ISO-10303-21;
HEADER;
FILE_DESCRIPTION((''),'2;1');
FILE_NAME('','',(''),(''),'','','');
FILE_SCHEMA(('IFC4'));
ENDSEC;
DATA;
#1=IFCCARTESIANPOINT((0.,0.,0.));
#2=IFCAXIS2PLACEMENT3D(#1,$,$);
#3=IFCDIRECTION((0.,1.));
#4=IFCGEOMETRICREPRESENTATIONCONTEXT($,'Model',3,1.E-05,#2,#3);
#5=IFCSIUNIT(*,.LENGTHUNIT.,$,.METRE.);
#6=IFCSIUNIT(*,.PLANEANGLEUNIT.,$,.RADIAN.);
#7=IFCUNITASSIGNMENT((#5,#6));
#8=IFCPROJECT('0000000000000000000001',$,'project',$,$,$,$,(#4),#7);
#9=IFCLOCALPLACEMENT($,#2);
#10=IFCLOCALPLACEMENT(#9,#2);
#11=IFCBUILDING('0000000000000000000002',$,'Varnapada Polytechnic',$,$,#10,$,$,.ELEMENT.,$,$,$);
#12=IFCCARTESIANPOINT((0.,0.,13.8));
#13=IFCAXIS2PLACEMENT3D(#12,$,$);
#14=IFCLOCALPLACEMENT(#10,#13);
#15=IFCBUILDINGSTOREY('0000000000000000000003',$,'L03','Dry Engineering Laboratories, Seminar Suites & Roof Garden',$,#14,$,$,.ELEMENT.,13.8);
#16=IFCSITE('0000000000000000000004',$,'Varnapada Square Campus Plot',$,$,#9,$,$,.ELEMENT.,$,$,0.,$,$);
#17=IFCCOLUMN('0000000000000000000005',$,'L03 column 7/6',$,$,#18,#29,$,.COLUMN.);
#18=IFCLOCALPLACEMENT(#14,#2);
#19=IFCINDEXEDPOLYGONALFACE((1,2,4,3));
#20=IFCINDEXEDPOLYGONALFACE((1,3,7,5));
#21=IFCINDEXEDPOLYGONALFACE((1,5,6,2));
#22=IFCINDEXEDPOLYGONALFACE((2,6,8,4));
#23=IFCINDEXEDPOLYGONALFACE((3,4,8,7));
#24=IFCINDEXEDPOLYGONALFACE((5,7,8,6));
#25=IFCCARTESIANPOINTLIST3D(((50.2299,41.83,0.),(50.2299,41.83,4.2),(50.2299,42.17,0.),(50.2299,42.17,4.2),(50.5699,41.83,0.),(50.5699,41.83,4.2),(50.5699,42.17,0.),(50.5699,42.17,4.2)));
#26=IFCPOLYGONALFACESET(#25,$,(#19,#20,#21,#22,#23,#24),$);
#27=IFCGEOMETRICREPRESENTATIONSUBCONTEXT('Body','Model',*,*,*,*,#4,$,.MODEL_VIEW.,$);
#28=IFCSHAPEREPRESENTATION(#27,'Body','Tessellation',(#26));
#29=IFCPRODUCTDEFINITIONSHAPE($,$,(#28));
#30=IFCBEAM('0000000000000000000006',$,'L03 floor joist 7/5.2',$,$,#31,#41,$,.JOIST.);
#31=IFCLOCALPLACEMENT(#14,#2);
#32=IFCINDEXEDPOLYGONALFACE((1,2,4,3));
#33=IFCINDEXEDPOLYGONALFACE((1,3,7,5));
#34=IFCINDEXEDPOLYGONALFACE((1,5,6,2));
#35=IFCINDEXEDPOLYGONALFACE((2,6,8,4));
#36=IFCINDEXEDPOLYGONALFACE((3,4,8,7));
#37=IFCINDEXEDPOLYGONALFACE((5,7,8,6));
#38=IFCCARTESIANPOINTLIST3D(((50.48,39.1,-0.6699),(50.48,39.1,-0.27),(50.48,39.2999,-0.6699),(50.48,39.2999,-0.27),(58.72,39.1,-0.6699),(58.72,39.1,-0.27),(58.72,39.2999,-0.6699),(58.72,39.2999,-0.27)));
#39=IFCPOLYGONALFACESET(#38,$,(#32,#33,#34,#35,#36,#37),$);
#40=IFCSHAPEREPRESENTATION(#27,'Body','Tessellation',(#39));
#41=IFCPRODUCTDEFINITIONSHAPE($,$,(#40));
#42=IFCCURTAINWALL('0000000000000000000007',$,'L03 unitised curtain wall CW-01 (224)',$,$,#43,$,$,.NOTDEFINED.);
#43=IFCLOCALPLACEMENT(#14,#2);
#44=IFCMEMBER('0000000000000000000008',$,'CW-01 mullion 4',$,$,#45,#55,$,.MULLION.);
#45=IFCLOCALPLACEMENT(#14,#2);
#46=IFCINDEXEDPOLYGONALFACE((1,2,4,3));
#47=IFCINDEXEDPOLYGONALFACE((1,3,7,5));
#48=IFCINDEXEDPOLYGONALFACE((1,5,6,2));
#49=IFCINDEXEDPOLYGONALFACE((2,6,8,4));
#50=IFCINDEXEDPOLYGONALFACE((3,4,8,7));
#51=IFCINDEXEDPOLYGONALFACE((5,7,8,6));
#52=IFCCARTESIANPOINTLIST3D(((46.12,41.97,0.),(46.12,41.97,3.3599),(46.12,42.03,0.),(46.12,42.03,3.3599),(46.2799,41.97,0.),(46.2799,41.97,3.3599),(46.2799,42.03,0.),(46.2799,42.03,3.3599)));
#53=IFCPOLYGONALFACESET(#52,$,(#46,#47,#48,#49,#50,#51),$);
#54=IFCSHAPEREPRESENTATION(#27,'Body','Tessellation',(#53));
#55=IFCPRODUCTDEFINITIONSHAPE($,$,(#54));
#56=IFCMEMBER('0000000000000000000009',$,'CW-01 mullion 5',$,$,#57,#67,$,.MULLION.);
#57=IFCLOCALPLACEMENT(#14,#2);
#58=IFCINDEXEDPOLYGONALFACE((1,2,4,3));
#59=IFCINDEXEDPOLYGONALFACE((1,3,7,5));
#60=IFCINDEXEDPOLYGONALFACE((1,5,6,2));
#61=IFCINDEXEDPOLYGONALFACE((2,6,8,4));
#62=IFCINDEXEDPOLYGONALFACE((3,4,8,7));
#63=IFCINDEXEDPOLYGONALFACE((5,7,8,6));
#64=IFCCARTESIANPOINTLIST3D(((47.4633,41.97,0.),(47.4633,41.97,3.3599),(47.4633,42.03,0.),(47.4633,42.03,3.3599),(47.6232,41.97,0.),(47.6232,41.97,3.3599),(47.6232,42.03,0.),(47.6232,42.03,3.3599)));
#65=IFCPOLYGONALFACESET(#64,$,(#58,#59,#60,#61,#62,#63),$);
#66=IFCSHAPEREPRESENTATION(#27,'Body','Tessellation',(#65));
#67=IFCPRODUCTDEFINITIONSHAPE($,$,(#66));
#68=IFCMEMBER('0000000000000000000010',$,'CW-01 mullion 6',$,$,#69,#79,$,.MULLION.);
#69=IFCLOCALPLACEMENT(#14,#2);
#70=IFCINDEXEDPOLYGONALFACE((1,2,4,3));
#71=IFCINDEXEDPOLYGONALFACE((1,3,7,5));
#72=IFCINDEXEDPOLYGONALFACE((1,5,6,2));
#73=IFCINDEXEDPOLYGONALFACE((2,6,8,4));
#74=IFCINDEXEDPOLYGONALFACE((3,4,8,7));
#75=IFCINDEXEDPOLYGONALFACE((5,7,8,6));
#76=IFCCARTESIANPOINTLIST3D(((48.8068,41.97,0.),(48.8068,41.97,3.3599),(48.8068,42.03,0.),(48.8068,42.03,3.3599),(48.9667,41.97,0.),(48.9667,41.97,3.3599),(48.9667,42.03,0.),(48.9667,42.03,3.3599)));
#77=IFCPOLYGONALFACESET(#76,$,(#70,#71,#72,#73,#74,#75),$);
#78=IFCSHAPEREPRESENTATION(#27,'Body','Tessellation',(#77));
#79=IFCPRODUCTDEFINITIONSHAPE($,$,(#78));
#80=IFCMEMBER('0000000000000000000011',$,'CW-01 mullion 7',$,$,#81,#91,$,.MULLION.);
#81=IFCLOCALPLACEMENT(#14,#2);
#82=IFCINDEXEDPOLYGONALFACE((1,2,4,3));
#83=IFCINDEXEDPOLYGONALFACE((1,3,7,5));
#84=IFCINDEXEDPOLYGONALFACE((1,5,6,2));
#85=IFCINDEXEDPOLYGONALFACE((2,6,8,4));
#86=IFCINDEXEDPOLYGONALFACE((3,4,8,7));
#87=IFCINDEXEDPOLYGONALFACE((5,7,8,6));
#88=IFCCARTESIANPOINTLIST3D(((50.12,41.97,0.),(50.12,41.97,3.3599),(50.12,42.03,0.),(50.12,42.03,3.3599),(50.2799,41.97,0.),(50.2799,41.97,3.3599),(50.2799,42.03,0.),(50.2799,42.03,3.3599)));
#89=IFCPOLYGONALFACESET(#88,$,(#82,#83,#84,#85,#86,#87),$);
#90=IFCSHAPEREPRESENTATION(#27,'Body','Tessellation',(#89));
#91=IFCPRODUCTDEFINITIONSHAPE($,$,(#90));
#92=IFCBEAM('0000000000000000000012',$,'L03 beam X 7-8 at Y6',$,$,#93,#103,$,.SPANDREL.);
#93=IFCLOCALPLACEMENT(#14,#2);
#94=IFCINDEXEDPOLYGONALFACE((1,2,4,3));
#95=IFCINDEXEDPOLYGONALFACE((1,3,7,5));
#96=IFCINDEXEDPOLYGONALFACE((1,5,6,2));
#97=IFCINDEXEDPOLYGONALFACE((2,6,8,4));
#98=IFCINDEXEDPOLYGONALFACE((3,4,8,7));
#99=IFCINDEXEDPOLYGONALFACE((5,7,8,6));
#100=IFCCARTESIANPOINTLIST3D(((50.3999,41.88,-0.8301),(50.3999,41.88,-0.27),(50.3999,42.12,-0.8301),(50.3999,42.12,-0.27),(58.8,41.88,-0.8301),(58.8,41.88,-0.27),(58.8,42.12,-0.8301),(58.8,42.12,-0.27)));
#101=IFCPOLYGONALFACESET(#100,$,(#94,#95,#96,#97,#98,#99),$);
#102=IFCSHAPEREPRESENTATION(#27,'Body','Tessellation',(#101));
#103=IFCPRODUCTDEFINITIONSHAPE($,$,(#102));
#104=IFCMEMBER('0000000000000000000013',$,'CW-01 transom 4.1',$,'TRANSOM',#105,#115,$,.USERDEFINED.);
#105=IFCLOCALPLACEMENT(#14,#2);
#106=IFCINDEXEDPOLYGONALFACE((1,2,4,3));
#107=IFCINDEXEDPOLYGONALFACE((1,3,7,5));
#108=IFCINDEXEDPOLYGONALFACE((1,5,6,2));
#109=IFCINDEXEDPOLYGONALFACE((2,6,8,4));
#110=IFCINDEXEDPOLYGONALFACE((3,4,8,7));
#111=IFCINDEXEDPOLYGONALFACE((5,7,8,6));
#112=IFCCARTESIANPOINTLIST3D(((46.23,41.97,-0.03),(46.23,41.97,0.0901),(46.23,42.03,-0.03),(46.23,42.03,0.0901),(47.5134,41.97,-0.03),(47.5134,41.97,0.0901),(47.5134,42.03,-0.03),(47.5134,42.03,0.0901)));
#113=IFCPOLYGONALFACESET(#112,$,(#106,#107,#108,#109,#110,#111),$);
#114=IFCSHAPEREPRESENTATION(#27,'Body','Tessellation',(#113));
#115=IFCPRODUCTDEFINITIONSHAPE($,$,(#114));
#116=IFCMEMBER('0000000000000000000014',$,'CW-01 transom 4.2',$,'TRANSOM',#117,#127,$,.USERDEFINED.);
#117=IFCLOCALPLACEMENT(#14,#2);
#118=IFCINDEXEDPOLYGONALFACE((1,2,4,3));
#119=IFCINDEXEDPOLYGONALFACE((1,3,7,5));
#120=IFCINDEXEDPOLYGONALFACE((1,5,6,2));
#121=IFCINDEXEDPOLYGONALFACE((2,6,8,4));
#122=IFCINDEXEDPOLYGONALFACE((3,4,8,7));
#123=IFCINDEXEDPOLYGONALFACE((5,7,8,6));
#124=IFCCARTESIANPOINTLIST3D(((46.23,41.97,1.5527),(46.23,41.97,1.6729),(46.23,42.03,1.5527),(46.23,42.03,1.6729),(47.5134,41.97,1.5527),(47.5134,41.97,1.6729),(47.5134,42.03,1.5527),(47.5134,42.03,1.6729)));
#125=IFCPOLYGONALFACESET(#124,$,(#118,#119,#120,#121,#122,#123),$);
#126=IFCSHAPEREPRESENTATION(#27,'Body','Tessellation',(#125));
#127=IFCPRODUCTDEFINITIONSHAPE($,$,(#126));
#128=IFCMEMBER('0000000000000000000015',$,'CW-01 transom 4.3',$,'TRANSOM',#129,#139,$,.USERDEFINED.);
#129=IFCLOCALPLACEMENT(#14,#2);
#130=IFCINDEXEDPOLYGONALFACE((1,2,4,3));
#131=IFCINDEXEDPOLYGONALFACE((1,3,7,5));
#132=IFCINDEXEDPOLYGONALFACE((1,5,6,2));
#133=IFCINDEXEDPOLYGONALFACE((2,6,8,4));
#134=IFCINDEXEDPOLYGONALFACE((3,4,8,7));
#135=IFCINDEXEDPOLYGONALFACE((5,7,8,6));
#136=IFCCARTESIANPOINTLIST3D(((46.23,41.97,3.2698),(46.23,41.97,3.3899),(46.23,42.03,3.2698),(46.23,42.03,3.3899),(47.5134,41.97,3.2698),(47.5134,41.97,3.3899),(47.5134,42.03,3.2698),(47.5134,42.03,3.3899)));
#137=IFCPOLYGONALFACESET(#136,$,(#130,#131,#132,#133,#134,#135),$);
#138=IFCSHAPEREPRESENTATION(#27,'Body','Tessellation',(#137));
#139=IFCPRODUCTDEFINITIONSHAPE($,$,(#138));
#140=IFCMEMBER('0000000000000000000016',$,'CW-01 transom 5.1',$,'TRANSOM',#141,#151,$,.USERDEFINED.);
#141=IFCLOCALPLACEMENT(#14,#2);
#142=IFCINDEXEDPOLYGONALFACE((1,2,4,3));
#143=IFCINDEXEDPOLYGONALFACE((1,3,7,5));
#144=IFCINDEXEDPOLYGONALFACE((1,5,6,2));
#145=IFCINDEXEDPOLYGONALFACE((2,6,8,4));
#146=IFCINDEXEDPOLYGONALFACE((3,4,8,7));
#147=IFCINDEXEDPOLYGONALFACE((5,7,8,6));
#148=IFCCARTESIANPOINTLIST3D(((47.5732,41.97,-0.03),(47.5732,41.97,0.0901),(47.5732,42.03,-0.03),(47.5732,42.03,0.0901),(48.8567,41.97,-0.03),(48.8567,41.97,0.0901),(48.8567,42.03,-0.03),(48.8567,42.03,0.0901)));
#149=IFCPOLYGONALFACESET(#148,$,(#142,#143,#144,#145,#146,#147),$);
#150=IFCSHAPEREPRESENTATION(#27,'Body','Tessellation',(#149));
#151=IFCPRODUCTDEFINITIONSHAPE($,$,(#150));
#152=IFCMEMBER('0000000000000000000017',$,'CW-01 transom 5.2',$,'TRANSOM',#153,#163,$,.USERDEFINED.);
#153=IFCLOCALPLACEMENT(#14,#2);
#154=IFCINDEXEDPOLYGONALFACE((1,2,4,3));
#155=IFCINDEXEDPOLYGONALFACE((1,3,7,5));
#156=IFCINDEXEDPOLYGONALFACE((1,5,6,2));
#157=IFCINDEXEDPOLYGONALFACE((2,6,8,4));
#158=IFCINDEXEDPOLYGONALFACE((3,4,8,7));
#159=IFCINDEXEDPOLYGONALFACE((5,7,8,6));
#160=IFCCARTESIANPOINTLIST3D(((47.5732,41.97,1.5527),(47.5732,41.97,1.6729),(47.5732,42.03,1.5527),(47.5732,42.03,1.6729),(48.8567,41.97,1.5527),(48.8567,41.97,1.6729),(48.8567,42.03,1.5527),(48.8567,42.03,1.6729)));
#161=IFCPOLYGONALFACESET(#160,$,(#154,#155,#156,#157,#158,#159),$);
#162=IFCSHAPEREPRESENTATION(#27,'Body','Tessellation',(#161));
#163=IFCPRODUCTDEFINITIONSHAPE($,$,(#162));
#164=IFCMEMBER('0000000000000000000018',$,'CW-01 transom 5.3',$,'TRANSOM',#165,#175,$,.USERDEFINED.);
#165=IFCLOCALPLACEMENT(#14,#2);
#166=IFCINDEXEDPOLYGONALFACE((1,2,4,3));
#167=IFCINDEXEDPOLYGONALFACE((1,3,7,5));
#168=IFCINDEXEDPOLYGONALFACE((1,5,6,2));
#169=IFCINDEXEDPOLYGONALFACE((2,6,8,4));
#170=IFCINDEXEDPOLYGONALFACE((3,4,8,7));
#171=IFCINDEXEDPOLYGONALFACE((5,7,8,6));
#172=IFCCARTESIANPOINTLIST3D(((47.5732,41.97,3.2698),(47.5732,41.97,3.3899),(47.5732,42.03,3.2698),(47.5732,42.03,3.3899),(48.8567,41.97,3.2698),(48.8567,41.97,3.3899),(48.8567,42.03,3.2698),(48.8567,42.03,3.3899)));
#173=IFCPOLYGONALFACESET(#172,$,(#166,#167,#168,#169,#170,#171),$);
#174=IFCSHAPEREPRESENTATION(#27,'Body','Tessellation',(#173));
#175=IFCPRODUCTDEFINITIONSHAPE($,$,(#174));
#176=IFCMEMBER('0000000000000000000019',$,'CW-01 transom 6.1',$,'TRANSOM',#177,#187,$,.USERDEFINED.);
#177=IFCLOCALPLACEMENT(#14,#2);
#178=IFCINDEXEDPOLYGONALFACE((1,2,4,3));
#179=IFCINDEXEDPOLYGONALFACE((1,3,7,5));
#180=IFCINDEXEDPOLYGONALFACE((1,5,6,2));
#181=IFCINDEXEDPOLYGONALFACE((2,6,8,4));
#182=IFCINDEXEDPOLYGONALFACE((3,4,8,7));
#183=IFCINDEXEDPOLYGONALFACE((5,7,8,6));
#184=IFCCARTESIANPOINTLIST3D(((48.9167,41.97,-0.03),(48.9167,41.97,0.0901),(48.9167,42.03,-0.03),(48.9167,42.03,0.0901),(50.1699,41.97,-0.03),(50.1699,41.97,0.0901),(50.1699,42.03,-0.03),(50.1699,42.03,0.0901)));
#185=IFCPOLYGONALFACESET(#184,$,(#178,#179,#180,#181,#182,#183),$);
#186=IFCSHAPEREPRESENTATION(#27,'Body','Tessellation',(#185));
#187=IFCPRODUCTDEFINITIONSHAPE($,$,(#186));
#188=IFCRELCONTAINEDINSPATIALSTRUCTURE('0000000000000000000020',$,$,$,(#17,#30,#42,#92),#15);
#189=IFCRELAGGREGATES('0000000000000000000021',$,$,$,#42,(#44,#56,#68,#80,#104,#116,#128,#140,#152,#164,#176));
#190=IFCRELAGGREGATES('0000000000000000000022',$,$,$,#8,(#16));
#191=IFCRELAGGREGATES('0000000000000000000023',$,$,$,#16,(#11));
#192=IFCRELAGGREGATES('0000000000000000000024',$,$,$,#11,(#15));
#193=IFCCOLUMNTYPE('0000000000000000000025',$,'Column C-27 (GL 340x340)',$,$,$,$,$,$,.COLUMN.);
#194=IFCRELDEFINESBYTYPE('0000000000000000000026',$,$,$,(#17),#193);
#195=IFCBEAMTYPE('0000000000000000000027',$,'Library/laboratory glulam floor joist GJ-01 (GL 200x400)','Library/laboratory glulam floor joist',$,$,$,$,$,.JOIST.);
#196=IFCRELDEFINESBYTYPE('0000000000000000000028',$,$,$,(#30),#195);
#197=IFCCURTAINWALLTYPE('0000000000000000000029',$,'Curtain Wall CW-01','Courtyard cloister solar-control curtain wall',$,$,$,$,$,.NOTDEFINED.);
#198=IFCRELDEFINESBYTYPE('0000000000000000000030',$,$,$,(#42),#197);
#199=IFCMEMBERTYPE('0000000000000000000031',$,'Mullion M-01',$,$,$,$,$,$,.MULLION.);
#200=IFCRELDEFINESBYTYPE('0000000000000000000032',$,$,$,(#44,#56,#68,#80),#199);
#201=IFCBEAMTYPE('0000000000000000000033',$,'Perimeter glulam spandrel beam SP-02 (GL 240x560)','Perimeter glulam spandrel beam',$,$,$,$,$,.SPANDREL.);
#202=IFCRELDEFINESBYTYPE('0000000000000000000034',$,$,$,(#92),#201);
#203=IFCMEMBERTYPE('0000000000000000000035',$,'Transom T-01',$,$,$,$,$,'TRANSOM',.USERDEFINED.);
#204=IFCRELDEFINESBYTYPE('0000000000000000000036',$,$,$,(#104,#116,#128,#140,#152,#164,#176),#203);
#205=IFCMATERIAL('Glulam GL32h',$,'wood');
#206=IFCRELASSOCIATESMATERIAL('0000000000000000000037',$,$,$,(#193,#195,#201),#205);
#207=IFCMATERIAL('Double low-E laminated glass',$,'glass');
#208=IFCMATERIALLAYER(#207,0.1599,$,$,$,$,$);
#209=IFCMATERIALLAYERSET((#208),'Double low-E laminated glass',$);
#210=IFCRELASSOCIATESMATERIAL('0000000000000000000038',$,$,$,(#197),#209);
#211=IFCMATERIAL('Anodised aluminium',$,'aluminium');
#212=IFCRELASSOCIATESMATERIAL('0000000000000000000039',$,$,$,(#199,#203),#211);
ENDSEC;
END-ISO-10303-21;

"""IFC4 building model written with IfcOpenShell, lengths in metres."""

from ifc_helpers import new_model, si_unit, direction, frame, origin, origin_2d, place, context, subcontext, project, spatial, rectangle, extrude, material, layer, layer_set, material_profile, profile_set, type_object, element, aggregate, save


model = new_model("IFC4")

# Units and contexts
model_context = context("Model", 3, precision=1e-05, world=origin(), true_north=direction((0.0, 1.0)))
body_context = subcontext(model_context, "Body", "Model", "MODEL_VIEW")
ifc_project = project(units=[si_unit("LENGTHUNIT", "METRE"), si_unit("PLANEANGLEUNIT", "RADIAN")], contexts=[model_context])

# Site, building, storey
site_placement = place(None, origin())
site = spatial("IfcSite", under=ifc_project, at=site_placement, Name="Varnapada Square Campus Plot", CompositionType="ELEMENT", RefElevation=0.0)
building_placement = place(site_placement, origin())
building = spatial("IfcBuilding", under=site, at=building_placement, Name="Varnapada Polytechnic", CompositionType="ELEMENT")
storey_placement = place(building_placement, frame((0.0, 0.0, 13.8)))
storey = spatial("IfcBuildingStorey", under=building, at=storey_placement, Name="L03", Description="Dry Engineering Laboratories, Seminar Suites & Roof Garden", CompositionType="ELEMENT", Elevation=13.8)

# Column
ifc_material_1 = material(Name="Glulam GL32h", Category="wood")
ifc_material_profile_1 = material_profile(ifc_material_1, rectangle(XDim=0.3401, YDim=0.3401, at=origin_2d()), Name="GL 340x340")
ifc_profile_set_1 = profile_set([ifc_material_profile_1], Name="Glulam GL32h")
column_type = type_object("IfcColumnType", Name="Column C-27 (GL 340x340)", PredefinedType="COLUMN", material=ifc_profile_set_1)
column_placement = place(storey_placement, frame((50.3999, 42.0, 0.0), z_axis=(0.0, 0.0, 1.0), x_axis=(1.0, 0.0, 0.0)))
element("IfcColumn", 1, at=column_placement, inside=storey, type_object=column_type, Name="L03 column 7/6", PredefinedType="COLUMN", context=body_context, shape_type="SweptSolid", body=[
    extrude(rectangle(XDim=0.3401, YDim=0.3401, at=origin_2d()), origin(), (0.0, 0.0, 1.0), 4.2),
])

# Beam
ifc_material_profile_2 = material_profile(ifc_material_1, rectangle(XDim=0.2, YDim=0.3999, at=origin_2d()), Name="GL 200x400")
ifc_profile_set_2 = profile_set([ifc_material_profile_2], Name="Glulam GL32h")
beam_type_1 = type_object("IfcBeamType", Name="Library/laboratory glulam floor joist GJ-01 (GL 200x400)", Description="Library/laboratory glulam floor joist", PredefinedType="JOIST", material=ifc_profile_set_2)
beam_1_placement = place(storey_placement, frame((50.48, 39.2, -0.47), z_axis=(1.0, 0.0, 0.0), x_axis=(0.0, 1.0, 0.0)))
element("IfcBeam", 2, at=beam_1_placement, inside=storey, type_object=beam_type_1, Name="L03 floor joist 7/5.2", PredefinedType="JOIST", context=body_context, shape_type="SweptSolid", body=[
    extrude(rectangle(XDim=0.2, YDim=0.3999, at=origin_2d()), origin(), (0.0, 0.0, 1.0), 8.24),
])

# Curtain wall, members
ifc_material_2 = material(Name="Double low-E laminated glass", Category="glass")
ifc_layer_1 = layer(ifc_material_2, 0.1599)
ifc_layer_set_1 = layer_set([ifc_layer_1], Name="Double low-E laminated glass")
curtain_wall_type = type_object("IfcCurtainWallType", Name="Curtain Wall CW-01", Description="Courtyard cloister solar-control curtain wall", PredefinedType="NOTDEFINED", material=ifc_layer_set_1)
curtain_wall_placement = place(storey_placement, origin())
curtain_wall = element("IfcCurtainWall", 3, at=curtain_wall_placement, inside=storey, type_object=curtain_wall_type, Name="L03 unitised curtain wall CW-01 (224)", PredefinedType="NOTDEFINED")
ifc_material_3 = material(Name="Anodised aluminium", Category="aluminium")
ifc_material_profile_3 = material_profile(ifc_material_3, rectangle(XDim=0.0601, YDim=0.1599, at=origin_2d()), Name="ALU M60x160")
ifc_profile_set_3 = profile_set([ifc_material_profile_3], Name="Anodised aluminium")
member_type_1 = type_object("IfcMemberType", Name="Mullion M-01", PredefinedType="MULLION", material=ifc_profile_set_3)
member_1_placement = place(storey_placement, frame((46.2, 42.0, 0.0), z_axis=(0.0, 0.0, 1.0), x_axis=(0.0, 1.0, 0.0)))
member_1 = element("IfcMember", 4, at=member_1_placement, type_object=member_type_1, Name="CW-01 mullion 4", PredefinedType="MULLION", context=body_context, shape_type="SweptSolid", body=[
    extrude(rectangle(XDim=0.0601, YDim=0.1599, at=origin_2d()), origin(), (0.0, 0.0, 1.0), 3.3599),
])
member_2_placement = place(storey_placement, frame((47.5432, 42.0, 0.0), z_axis=(0.0, 0.0, 1.0), x_axis=(0.0, 1.0, 0.0)))
member_2 = element("IfcMember", 5, at=member_2_placement, type_object=member_type_1, Name="CW-01 mullion 5", PredefinedType="MULLION", context=body_context, shape_type="SweptSolid", body=[
    extrude(rectangle(XDim=0.0601, YDim=0.1599, at=origin_2d()), origin(), (0.0, 0.0, 1.0), 3.3599),
])
member_3_placement = place(storey_placement, frame((48.8867, 42.0, 0.0), z_axis=(0.0, 0.0, 1.0), x_axis=(0.0, 1.0, 0.0)))
member_3 = element("IfcMember", 6, at=member_3_placement, type_object=member_type_1, Name="CW-01 mullion 6", PredefinedType="MULLION", context=body_context, shape_type="SweptSolid", body=[
    extrude(rectangle(XDim=0.0601, YDim=0.1599, at=origin_2d()), origin(), (0.0, 0.0, 1.0), 3.3599),
])
member_4_placement = place(storey_placement, frame((50.2, 42.0, 0.0), z_axis=(0.0, 0.0, 1.0), x_axis=(0.0, 1.0, 0.0)))
member_4 = element("IfcMember", 7, at=member_4_placement, type_object=member_type_1, Name="CW-01 mullion 7", PredefinedType="MULLION", context=body_context, shape_type="SweptSolid", body=[
    extrude(rectangle(XDim=0.0601, YDim=0.1599, at=origin_2d()), origin(), (0.0, 0.0, 1.0), 3.3599),
])

# Beam
ifc_material_profile_4 = material_profile(ifc_material_1, rectangle(XDim=0.24, YDim=0.5601, at=origin_2d()), Name="GL 240x560")
ifc_profile_set_4 = profile_set([ifc_material_profile_4], Name="Glulam GL32h")
beam_type_2 = type_object("IfcBeamType", Name="Perimeter glulam spandrel beam SP-02 (GL 240x560)", Description="Perimeter glulam spandrel beam", PredefinedType="SPANDREL", material=ifc_profile_set_4)
beam_2_placement = place(storey_placement, frame((50.3999, 42.0, -0.55), z_axis=(1.0, 0.0, 0.0), x_axis=(0.0, 1.0, 0.0)))
element("IfcBeam", 8, at=beam_2_placement, inside=storey, type_object=beam_type_2, Name="L03 beam X 7-8 at Y6", PredefinedType="SPANDREL", context=body_context, shape_type="SweptSolid", body=[
    extrude(rectangle(XDim=0.24, YDim=0.5601, at=origin_2d()), origin(), (0.0, 0.0, 1.0), 8.4001),
])

# Members
ifc_material_profile_5 = material_profile(ifc_material_3, rectangle(XDim=0.0601, YDim=0.1201, at=origin_2d()), Name="ALU T60x120")
ifc_profile_set_5 = profile_set([ifc_material_profile_5], Name="Anodised aluminium")
member_type_2 = type_object("IfcMemberType", Name="Transom T-01", ElementType="TRANSOM", PredefinedType="USERDEFINED", material=ifc_profile_set_5)
member_5_placement = place(storey_placement, frame((46.23, 42.0, 0.03), z_axis=(1.0, 0.0, 0.0), x_axis=(0.0, 1.0, 0.0)))
member_5 = element("IfcMember", 9, at=member_5_placement, type_object=member_type_2, Name="CW-01 transom 4.1", ObjectType="TRANSOM", PredefinedType="USERDEFINED", context=body_context, shape_type="SweptSolid", body=[
    extrude(rectangle(XDim=0.0601, YDim=0.1201, at=origin_2d()), origin(), (0.0, 0.0, 1.0), 1.2834),
])
member_6_placement = place(storey_placement, frame((46.23, 42.0, 1.6128), z_axis=(1.0, 0.0, 0.0), x_axis=(0.0, 1.0, 0.0)))
member_6 = element("IfcMember", 10, at=member_6_placement, type_object=member_type_2, Name="CW-01 transom 4.2", ObjectType="TRANSOM", PredefinedType="USERDEFINED", context=body_context, shape_type="SweptSolid", body=[
    extrude(rectangle(XDim=0.0601, YDim=0.1201, at=origin_2d()), origin(), (0.0, 0.0, 1.0), 1.2834),
])
member_7_placement = place(storey_placement, frame((46.23, 42.0, 3.3298), z_axis=(1.0, 0.0, 0.0), x_axis=(0.0, 1.0, 0.0)))
member_7 = element("IfcMember", 11, at=member_7_placement, type_object=member_type_2, Name="CW-01 transom 4.3", ObjectType="TRANSOM", PredefinedType="USERDEFINED", context=body_context, shape_type="SweptSolid", body=[
    extrude(rectangle(XDim=0.0601, YDim=0.1201, at=origin_2d()), origin(), (0.0, 0.0, 1.0), 1.2834),
])
member_8_placement = place(storey_placement, frame((47.5732, 42.0, 0.03), z_axis=(1.0, 0.0, 0.0), x_axis=(0.0, 1.0, 0.0)))
member_8 = element("IfcMember", 12, at=member_8_placement, type_object=member_type_2, Name="CW-01 transom 5.1", ObjectType="TRANSOM", PredefinedType="USERDEFINED", context=body_context, shape_type="SweptSolid", body=[
    extrude(rectangle(XDim=0.0601, YDim=0.1201, at=origin_2d()), origin(), (0.0, 0.0, 1.0), 1.2834),
])
member_9_placement = place(storey_placement, frame((47.5732, 42.0, 1.6128), z_axis=(1.0, 0.0, 0.0), x_axis=(0.0, 1.0, 0.0)))
member_9 = element("IfcMember", 13, at=member_9_placement, type_object=member_type_2, Name="CW-01 transom 5.2", ObjectType="TRANSOM", PredefinedType="USERDEFINED", context=body_context, shape_type="SweptSolid", body=[
    extrude(rectangle(XDim=0.0601, YDim=0.1201, at=origin_2d()), origin(), (0.0, 0.0, 1.0), 1.2834),
])
member_10_placement = place(storey_placement, frame((47.5732, 42.0, 3.3298), z_axis=(1.0, 0.0, 0.0), x_axis=(0.0, 1.0, 0.0)))
member_10 = element("IfcMember", 14, at=member_10_placement, type_object=member_type_2, Name="CW-01 transom 5.3", ObjectType="TRANSOM", PredefinedType="USERDEFINED", context=body_context, shape_type="SweptSolid", body=[
    extrude(rectangle(XDim=0.0601, YDim=0.1201, at=origin_2d()), origin(), (0.0, 0.0, 1.0), 1.2834),
])
member_11_placement = place(storey_placement, frame((48.9167, 42.0, 0.03), z_axis=(1.0, 0.0, 0.0), x_axis=(0.0, 1.0, 0.0)))
member_11 = element("IfcMember", 15, at=member_11_placement, type_object=member_type_2, Name="CW-01 transom 6.1", ObjectType="TRANSOM", PredefinedType="USERDEFINED", context=body_context, shape_type="SweptSolid", body=[
    extrude(rectangle(XDim=0.0601, YDim=0.1201, at=origin_2d()), origin(), (0.0, 0.0, 1.0), 1.2532),
])

aggregate(curtain_wall, [member_1, member_2, member_3, member_4, member_5, member_6, member_7, member_8, member_9, member_10, member_11])

save(model, "model.ifc")
